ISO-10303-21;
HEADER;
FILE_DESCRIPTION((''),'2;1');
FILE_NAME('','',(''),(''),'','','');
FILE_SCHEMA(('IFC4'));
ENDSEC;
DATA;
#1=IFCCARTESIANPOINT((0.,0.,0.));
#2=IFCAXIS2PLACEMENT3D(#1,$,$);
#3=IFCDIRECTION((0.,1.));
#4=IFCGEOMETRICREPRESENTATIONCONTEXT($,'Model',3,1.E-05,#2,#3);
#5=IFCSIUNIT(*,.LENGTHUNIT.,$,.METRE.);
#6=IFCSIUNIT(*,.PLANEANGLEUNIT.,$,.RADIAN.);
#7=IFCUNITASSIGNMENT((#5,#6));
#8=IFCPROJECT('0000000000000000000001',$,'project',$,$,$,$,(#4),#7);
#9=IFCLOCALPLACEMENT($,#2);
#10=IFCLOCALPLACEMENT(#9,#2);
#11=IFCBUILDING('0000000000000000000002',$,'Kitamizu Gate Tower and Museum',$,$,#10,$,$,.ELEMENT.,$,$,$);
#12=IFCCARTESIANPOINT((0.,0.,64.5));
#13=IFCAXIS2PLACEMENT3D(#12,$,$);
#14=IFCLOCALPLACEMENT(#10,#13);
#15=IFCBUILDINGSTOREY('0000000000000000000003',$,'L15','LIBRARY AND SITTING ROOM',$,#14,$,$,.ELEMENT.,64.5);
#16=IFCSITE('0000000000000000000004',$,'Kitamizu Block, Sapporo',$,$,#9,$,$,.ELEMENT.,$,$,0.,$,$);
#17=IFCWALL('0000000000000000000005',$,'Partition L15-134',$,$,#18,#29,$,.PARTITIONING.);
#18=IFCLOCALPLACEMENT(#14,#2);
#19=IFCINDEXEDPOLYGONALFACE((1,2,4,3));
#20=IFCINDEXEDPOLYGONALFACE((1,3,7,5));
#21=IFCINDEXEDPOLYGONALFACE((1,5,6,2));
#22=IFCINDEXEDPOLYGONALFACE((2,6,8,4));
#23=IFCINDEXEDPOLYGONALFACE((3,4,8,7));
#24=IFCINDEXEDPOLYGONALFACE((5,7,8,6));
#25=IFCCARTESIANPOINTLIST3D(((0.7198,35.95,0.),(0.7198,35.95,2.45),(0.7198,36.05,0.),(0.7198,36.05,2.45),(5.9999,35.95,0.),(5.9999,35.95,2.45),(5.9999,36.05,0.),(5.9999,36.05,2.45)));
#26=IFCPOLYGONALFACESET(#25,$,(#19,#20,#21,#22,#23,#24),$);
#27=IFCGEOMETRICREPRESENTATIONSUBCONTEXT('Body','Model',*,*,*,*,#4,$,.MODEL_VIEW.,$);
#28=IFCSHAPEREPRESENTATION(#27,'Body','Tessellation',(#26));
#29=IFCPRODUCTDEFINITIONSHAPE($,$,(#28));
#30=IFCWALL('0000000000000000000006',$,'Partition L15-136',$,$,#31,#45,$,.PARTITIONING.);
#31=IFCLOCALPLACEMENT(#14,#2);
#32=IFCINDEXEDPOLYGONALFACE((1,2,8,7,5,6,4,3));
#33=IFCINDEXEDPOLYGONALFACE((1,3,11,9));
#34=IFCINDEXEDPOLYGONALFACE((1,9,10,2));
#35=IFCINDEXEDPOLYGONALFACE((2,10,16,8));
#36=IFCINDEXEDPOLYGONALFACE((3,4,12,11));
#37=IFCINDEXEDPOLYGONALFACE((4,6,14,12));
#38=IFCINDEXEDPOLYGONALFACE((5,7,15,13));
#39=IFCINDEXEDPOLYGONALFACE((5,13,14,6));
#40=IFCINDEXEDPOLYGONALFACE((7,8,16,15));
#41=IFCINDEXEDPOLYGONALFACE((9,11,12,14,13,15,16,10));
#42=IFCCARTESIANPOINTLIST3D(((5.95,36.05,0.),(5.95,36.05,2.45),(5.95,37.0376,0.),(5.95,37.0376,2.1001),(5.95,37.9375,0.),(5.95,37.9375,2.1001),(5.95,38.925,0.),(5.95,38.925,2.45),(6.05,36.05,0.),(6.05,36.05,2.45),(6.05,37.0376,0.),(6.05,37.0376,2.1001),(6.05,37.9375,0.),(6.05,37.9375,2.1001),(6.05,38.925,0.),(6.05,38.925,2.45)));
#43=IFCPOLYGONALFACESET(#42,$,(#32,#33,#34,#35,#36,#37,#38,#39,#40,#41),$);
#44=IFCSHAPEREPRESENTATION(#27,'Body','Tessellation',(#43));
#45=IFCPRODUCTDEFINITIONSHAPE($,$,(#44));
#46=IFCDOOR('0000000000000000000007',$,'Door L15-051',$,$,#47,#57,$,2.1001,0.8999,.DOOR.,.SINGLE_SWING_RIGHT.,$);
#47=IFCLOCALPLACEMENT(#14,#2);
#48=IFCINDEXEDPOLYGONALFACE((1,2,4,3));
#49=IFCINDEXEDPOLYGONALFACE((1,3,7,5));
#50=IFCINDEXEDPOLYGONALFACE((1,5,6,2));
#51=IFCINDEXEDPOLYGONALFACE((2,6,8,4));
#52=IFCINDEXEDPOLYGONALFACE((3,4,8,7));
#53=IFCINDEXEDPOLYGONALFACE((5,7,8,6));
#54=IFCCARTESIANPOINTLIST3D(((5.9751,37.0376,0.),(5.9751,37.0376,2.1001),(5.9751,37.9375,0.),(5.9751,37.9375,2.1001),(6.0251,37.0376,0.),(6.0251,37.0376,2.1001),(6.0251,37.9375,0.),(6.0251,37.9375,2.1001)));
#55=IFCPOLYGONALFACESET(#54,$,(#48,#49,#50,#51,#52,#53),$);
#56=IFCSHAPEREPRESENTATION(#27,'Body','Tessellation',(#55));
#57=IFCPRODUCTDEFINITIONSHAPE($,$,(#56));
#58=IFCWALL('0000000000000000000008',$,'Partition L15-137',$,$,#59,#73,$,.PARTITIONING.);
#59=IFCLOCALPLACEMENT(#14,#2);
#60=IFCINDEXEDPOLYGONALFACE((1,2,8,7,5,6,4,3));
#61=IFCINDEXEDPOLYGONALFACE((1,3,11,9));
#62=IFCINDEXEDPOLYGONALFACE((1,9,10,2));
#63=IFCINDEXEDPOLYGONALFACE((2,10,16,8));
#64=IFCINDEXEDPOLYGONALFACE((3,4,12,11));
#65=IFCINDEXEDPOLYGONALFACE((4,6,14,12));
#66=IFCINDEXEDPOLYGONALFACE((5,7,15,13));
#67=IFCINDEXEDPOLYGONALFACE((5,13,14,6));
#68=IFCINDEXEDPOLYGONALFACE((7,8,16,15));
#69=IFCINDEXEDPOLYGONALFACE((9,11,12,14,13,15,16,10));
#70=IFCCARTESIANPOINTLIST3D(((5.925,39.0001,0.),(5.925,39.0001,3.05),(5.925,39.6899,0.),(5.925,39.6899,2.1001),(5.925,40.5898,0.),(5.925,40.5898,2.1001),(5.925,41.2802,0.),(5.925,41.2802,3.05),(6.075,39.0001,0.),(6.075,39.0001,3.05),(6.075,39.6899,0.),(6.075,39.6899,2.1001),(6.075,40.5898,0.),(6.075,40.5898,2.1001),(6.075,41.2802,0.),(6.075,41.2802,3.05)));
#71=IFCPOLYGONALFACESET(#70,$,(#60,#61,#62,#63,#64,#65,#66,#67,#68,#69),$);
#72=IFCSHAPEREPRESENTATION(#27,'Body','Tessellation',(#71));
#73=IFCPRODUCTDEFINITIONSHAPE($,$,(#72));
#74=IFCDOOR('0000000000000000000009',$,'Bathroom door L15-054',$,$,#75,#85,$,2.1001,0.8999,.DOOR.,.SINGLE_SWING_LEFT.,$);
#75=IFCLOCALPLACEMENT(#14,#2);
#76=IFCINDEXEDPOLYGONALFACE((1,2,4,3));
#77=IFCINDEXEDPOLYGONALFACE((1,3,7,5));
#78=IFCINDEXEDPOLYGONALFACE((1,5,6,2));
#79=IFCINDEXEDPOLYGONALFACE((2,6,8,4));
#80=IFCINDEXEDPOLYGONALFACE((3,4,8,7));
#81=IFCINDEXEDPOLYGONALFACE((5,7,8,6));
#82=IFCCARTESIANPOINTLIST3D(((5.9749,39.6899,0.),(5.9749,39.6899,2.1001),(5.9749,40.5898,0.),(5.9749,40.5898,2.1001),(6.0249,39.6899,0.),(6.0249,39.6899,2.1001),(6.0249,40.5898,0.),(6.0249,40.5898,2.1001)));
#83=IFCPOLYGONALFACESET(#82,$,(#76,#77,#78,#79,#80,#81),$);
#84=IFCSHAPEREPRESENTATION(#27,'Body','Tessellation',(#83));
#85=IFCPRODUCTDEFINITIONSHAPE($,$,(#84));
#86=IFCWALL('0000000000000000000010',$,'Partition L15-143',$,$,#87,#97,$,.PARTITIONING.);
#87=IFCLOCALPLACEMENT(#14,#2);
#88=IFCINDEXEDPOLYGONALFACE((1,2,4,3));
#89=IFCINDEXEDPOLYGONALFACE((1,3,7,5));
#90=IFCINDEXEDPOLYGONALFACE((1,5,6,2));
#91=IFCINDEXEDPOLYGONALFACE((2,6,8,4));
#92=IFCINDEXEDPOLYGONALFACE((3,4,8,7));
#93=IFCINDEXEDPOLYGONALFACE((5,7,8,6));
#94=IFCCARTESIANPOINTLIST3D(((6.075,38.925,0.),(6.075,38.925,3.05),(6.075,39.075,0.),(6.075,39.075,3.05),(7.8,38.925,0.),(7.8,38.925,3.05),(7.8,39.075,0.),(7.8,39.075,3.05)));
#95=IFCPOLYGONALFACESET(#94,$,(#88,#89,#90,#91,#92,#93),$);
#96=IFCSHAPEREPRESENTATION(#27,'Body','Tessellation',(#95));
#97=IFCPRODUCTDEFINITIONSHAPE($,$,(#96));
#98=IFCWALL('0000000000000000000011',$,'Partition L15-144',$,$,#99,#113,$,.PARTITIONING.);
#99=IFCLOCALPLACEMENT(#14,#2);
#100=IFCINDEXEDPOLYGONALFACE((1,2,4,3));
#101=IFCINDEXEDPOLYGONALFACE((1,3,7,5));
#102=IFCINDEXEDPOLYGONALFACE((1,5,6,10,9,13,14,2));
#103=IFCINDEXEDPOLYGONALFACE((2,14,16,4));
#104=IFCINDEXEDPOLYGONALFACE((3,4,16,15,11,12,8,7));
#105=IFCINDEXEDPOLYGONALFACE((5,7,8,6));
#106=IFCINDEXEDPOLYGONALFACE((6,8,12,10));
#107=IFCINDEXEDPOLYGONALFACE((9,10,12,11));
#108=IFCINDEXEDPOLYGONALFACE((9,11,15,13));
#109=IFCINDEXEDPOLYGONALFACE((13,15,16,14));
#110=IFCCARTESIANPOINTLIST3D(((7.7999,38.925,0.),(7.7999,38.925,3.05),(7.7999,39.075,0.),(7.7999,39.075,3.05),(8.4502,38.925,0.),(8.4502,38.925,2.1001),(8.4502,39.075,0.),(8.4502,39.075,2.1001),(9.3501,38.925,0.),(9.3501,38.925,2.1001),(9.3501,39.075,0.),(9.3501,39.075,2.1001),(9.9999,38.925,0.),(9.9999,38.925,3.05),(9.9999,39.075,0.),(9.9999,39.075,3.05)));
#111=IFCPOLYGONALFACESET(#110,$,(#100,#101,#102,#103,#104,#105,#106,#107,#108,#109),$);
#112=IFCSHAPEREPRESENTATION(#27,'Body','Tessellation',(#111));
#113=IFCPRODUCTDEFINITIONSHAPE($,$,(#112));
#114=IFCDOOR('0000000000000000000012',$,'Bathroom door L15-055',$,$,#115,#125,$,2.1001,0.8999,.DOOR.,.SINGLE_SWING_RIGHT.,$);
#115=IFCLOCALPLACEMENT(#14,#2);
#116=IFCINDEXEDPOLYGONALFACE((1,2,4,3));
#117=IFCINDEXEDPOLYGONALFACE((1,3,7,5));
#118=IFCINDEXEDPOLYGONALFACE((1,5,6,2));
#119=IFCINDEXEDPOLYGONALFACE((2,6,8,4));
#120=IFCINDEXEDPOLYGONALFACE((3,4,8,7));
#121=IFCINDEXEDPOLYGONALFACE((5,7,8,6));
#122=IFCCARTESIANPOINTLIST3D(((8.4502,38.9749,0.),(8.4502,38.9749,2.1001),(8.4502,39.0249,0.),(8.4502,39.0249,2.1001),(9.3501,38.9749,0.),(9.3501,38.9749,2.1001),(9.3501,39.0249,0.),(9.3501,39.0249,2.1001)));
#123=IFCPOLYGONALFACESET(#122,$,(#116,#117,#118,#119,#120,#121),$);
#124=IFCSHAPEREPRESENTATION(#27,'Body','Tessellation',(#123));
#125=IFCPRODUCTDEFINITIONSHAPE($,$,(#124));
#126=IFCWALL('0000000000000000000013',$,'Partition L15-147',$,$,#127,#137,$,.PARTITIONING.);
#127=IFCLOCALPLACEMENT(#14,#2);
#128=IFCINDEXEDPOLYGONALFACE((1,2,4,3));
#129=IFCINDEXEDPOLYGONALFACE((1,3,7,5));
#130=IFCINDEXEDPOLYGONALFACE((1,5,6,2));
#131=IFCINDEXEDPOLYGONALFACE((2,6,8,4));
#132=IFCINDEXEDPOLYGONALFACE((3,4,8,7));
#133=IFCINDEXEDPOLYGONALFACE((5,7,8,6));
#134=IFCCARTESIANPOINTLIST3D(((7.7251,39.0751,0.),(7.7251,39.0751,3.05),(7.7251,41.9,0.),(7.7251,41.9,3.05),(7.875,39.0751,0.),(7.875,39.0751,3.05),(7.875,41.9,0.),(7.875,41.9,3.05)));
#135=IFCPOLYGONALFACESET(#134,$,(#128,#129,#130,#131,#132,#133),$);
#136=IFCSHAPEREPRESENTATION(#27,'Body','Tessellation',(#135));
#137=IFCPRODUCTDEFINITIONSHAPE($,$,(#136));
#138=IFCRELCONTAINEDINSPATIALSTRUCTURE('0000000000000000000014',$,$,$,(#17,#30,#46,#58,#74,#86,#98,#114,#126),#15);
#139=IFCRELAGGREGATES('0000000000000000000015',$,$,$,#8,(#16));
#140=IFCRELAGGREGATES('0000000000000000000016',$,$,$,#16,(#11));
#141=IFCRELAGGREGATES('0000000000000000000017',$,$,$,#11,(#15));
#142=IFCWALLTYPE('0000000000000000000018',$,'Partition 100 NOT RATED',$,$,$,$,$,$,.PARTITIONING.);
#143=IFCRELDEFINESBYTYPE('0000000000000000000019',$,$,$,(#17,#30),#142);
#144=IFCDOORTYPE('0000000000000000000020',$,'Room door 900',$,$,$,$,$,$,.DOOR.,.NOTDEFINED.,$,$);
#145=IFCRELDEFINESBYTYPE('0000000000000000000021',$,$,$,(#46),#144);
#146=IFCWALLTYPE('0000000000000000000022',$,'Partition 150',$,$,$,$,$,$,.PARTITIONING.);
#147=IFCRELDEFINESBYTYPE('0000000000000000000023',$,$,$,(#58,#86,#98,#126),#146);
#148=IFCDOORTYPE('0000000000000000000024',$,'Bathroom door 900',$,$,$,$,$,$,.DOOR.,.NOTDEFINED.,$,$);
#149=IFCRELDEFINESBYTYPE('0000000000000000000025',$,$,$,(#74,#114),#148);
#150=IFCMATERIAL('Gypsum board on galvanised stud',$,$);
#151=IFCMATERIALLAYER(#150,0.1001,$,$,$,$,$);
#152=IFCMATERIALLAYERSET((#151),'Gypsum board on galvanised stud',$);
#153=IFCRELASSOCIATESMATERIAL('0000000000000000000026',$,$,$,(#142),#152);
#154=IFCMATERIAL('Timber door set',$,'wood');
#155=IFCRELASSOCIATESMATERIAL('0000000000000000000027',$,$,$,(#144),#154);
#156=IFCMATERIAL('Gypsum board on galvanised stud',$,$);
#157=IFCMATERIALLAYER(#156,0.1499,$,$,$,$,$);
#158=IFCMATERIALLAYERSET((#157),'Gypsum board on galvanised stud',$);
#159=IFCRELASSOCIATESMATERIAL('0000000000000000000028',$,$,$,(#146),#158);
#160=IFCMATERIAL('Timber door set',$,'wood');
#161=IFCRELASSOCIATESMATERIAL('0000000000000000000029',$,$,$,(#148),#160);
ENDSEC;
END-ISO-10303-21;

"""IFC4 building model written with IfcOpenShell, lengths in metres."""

from ifc_helpers import new_model, si_unit, direction, frame, frame_2d, origin, place, context, subcontext, project, spatial, rectangle, extrude, material, layer, layer_set, type_object, element, fill, save


model = new_model("IFC4")

# Units and contexts
model_context = context("Model", 3, precision=1e-05, world=origin(), true_north=direction((0.0, 1.0)))
body_context = subcontext(model_context, "Body", "Model", "MODEL_VIEW")
ifc_project = project(units=[si_unit("LENGTHUNIT", "METRE"), si_unit("PLANEANGLEUNIT", "RADIAN")], contexts=[model_context])

# Site, building, storey
site_placement = place(None, origin())
site = spatial("IfcSite", under=ifc_project, at=site_placement, Name="Kitamizu Block, Sapporo", CompositionType="ELEMENT", RefElevation=0.0)
building_placement = place(site_placement, origin())
building = spatial("IfcBuilding", under=site, at=building_placement, Name="Kitamizu Gate Tower and Museum", CompositionType="ELEMENT")
storey_placement = place(building_placement, frame((0.0, 0.0, 64.5)))
storey = spatial("IfcBuildingStorey", under=building, at=storey_placement, Name="L15", Description="LIBRARY AND SITTING ROOM", CompositionType="ELEMENT", Elevation=64.5)

# Wall
ifc_material_1 = material(Name="Gypsum board on galvanised stud")
ifc_layer_1 = layer(ifc_material_1, 0.1001)
ifc_layer_set_1 = layer_set([ifc_layer_1], Name="Gypsum board on galvanised stud")
wall_type_1 = type_object("IfcWallType", Name="Partition 100 NOT RATED", PredefinedType="PARTITIONING", material=ifc_layer_set_1)
wall_1_placement = place(storey_placement, frame((6.0, 36.0, 0.0), z_axis=(0.0, 0.0, 1.0), x_axis=(-1.0, 0.0, 0.0)))
element("IfcWall", 1, at=wall_1_placement, inside=storey, type_object=wall_type_1, Name="Partition L15-134", PredefinedType="PARTITIONING", context=body_context, shape_type="SweptSolid", body=[
    extrude(rectangle(XDim=5.28, YDim=0.1001, at=frame_2d((2.6401, 0.0))), origin(), (0.0, 0.0, 1.0), 2.45),
])

# Walls, openings, doors
wall_2_placement = place(storey_placement, frame((6.0, 36.05, 0.0), z_axis=(0.0, 0.0, 1.0), x_axis=(0.0, 1.0, 0.0)))
wall_2 = element("IfcWall", 2, at=wall_2_placement, inside=storey, type_object=wall_type_1, Name="Partition L15-136", PredefinedType="PARTITIONING", context=body_context, shape_type="SweptSolid", body=[
    extrude(rectangle(XDim=2.875, YDim=0.1001, at=frame_2d((1.4375, 0.0))), origin(), (0.0, 0.0, 1.0), 2.45),
])
opening_1_placement = place(wall_2_placement, frame((0.9875, 0.0, 0.0)))
opening_1 = element("IfcOpeningElement", 3, at=opening_1_placement, cuts=wall_2, PredefinedType="OPENING", context=body_context, shape_type="SweptSolid", body=[
    extrude(rectangle(XDim=0.8999, YDim=2.1001, at=frame_2d((0.45, 1.05))), frame((0.0, 0.0601, 0.0), z_axis=(0.0, -1.0, 0.0), x_axis=(1.0, 0.0, 0.0)), (0.0, 0.0, 1.0), 0.1201),
])
ifc_material_2 = material(Name="Timber door set", Category="wood")
door_type_1 = type_object("IfcDoorType", Name="Room door 900", OperationType="NOTDEFINED", PredefinedType="DOOR", material=ifc_material_2)
door_1_placement = place(opening_1_placement, origin())
door_1 = element("IfcDoor", 4, at=door_1_placement, inside=storey, type_object=door_type_1, Name="Door L15-051", OperationType="SINGLE_SWING_RIGHT", OverallHeight=2.1001, OverallWidth=0.8999, PredefinedType="DOOR", context=body_context, shape_type="SweptSolid", body=[
    extrude(rectangle(XDim=0.8999, YDim=2.1001, at=frame_2d((0.45, 1.05))), frame((0.0, 0.0249, 0.0), z_axis=(0.0, -1.0, 0.0), x_axis=(1.0, 0.0, 0.0)), (0.0, 0.0, 1.0), 0.05),
])
fill(opening_1, door_1)
ifc_material_3 = material(Name="Gypsum board on galvanised stud")
ifc_layer_2 = layer(ifc_material_3, 0.1499)
ifc_layer_set_2 = layer_set([ifc_layer_2], Name="Gypsum board on galvanised stud")
wall_type_2 = type_object("IfcWallType", Name="Partition 150", PredefinedType="PARTITIONING", material=ifc_layer_set_2)
wall_3_placement = place(storey_placement, frame((6.0, 39.0, 0.0), z_axis=(0.0, 0.0, 1.0), x_axis=(0.0, 1.0, 0.0)))
wall_3 = element("IfcWall", 5, at=wall_3_placement, inside=storey, type_object=wall_type_2, Name="Partition L15-137", PredefinedType="PARTITIONING", context=body_context, shape_type="SweptSolid", body=[
    extrude(rectangle(XDim=2.28, YDim=0.1499, at=frame_2d((1.1401, 0.0))), origin(), (0.0, 0.0, 1.0), 3.05),
])
opening_2_placement = place(wall_3_placement, frame((0.6899, 0.0, 0.0)))
opening_2 = element("IfcOpeningElement", 6, at=opening_2_placement, cuts=wall_3, PredefinedType="OPENING", context=body_context, shape_type="SweptSolid", body=[
    extrude(rectangle(XDim=0.8999, YDim=2.1001, at=frame_2d((0.45, 1.05))), frame((0.0, 0.085, 0.0), z_axis=(0.0, -1.0, 0.0), x_axis=(1.0, 0.0, 0.0)), (0.0, 0.0, 1.0), 0.1699),
])
ifc_material_4 = material(Name="Timber door set", Category="wood")
door_type_2 = type_object("IfcDoorType", Name="Bathroom door 900", OperationType="NOTDEFINED", PredefinedType="DOOR", material=ifc_material_4)
door_2_placement = place(opening_2_placement, frame((0.8999, 0.0, 0.0), x_axis=(-1.0, 0.0, 0.0)))
door_2 = element("IfcDoor", 7, at=door_2_placement, inside=storey, type_object=door_type_2, Name="Bathroom door L15-054", OperationType="SINGLE_SWING_LEFT", OverallHeight=2.1001, OverallWidth=0.8999, PredefinedType="DOOR", context=body_context, shape_type="SweptSolid", body=[
    extrude(rectangle(XDim=0.8999, YDim=2.1001, at=frame_2d((0.45, 1.05))), frame((0.0, 0.0249, 0.0), z_axis=(0.0, -1.0, 0.0), x_axis=(1.0, 0.0, 0.0)), (0.0, 0.0, 1.0), 0.05),
])
fill(opening_2, door_2)

# Wall
wall_4_placement = place(storey_placement, frame((7.8, 39.0, 0.0), z_axis=(0.0, 0.0, 1.0), x_axis=(-1.0, 0.0, 0.0)))
element("IfcWall", 8, at=wall_4_placement, inside=storey, type_object=wall_type_2, Name="Partition L15-143", PredefinedType="PARTITIONING", context=body_context, shape_type="SweptSolid", body=[
    extrude(rectangle(XDim=1.7251, YDim=0.1499, at=frame_2d((0.8625, 0.0))), origin(), (0.0, 0.0, 1.0), 3.05),
])

# Wall, opening, door
wall_5_placement = place(storey_placement, frame((10.0, 39.0, 0.0), z_axis=(0.0, 0.0, 1.0), x_axis=(-1.0, 0.0, 0.0)))
wall_5 = element("IfcWall", 9, at=wall_5_placement, inside=storey, type_object=wall_type_2, Name="Partition L15-144", PredefinedType="PARTITIONING", context=body_context, shape_type="SweptSolid", body=[
    extrude(rectangle(XDim=2.2, YDim=0.1499, at=frame_2d((1.1001, 0.0))), origin(), (0.0, 0.0, 1.0), 3.05),
])
opening_3_placement = place(wall_5_placement, frame((0.6499, 0.0, 0.0)))
opening_3 = element("IfcOpeningElement", 10, at=opening_3_placement, cuts=wall_5, PredefinedType="OPENING", context=body_context, shape_type="SweptSolid", body=[
    extrude(rectangle(XDim=0.8999, YDim=2.1001, at=frame_2d((0.45, 1.05))), frame((0.0, 0.085, 0.0), z_axis=(0.0, -1.0, 0.0), x_axis=(1.0, 0.0, 0.0)), (0.0, 0.0, 1.0), 0.1699),
])
door_3_placement = place(opening_3_placement, frame((0.8999, 0.0, 0.0), x_axis=(-1.0, 0.0, 0.0)))
door_3 = element("IfcDoor", 11, at=door_3_placement, inside=storey, type_object=door_type_2, Name="Bathroom door L15-055", OperationType="SINGLE_SWING_RIGHT", OverallHeight=2.1001, OverallWidth=0.8999, PredefinedType="DOOR", context=body_context, shape_type="SweptSolid", body=[
    extrude(rectangle(XDim=0.8999, YDim=2.1001, at=frame_2d((0.45, 1.05))), frame((0.0, 0.0249, 0.0), z_axis=(0.0, -1.0, 0.0), x_axis=(1.0, 0.0, 0.0)), (0.0, 0.0, 1.0), 0.05),
])
fill(opening_3, door_3)

# Wall
wall_6_placement = place(storey_placement, frame((7.8, 39.075, 0.0), z_axis=(0.0, 0.0, 1.0), x_axis=(0.0, 1.0, 0.0)))
element("IfcWall", 12, at=wall_6_placement, inside=storey, type_object=wall_type_2, Name="Partition L15-147", PredefinedType="PARTITIONING", context=body_context, shape_type="SweptSolid", body=[
    extrude(rectangle(XDim=2.825, YDim=0.1499, at=frame_2d((1.4126, 0.0))), origin(), (0.0, 0.0, 1.0), 3.05),
])

save(model, "model.ifc")
